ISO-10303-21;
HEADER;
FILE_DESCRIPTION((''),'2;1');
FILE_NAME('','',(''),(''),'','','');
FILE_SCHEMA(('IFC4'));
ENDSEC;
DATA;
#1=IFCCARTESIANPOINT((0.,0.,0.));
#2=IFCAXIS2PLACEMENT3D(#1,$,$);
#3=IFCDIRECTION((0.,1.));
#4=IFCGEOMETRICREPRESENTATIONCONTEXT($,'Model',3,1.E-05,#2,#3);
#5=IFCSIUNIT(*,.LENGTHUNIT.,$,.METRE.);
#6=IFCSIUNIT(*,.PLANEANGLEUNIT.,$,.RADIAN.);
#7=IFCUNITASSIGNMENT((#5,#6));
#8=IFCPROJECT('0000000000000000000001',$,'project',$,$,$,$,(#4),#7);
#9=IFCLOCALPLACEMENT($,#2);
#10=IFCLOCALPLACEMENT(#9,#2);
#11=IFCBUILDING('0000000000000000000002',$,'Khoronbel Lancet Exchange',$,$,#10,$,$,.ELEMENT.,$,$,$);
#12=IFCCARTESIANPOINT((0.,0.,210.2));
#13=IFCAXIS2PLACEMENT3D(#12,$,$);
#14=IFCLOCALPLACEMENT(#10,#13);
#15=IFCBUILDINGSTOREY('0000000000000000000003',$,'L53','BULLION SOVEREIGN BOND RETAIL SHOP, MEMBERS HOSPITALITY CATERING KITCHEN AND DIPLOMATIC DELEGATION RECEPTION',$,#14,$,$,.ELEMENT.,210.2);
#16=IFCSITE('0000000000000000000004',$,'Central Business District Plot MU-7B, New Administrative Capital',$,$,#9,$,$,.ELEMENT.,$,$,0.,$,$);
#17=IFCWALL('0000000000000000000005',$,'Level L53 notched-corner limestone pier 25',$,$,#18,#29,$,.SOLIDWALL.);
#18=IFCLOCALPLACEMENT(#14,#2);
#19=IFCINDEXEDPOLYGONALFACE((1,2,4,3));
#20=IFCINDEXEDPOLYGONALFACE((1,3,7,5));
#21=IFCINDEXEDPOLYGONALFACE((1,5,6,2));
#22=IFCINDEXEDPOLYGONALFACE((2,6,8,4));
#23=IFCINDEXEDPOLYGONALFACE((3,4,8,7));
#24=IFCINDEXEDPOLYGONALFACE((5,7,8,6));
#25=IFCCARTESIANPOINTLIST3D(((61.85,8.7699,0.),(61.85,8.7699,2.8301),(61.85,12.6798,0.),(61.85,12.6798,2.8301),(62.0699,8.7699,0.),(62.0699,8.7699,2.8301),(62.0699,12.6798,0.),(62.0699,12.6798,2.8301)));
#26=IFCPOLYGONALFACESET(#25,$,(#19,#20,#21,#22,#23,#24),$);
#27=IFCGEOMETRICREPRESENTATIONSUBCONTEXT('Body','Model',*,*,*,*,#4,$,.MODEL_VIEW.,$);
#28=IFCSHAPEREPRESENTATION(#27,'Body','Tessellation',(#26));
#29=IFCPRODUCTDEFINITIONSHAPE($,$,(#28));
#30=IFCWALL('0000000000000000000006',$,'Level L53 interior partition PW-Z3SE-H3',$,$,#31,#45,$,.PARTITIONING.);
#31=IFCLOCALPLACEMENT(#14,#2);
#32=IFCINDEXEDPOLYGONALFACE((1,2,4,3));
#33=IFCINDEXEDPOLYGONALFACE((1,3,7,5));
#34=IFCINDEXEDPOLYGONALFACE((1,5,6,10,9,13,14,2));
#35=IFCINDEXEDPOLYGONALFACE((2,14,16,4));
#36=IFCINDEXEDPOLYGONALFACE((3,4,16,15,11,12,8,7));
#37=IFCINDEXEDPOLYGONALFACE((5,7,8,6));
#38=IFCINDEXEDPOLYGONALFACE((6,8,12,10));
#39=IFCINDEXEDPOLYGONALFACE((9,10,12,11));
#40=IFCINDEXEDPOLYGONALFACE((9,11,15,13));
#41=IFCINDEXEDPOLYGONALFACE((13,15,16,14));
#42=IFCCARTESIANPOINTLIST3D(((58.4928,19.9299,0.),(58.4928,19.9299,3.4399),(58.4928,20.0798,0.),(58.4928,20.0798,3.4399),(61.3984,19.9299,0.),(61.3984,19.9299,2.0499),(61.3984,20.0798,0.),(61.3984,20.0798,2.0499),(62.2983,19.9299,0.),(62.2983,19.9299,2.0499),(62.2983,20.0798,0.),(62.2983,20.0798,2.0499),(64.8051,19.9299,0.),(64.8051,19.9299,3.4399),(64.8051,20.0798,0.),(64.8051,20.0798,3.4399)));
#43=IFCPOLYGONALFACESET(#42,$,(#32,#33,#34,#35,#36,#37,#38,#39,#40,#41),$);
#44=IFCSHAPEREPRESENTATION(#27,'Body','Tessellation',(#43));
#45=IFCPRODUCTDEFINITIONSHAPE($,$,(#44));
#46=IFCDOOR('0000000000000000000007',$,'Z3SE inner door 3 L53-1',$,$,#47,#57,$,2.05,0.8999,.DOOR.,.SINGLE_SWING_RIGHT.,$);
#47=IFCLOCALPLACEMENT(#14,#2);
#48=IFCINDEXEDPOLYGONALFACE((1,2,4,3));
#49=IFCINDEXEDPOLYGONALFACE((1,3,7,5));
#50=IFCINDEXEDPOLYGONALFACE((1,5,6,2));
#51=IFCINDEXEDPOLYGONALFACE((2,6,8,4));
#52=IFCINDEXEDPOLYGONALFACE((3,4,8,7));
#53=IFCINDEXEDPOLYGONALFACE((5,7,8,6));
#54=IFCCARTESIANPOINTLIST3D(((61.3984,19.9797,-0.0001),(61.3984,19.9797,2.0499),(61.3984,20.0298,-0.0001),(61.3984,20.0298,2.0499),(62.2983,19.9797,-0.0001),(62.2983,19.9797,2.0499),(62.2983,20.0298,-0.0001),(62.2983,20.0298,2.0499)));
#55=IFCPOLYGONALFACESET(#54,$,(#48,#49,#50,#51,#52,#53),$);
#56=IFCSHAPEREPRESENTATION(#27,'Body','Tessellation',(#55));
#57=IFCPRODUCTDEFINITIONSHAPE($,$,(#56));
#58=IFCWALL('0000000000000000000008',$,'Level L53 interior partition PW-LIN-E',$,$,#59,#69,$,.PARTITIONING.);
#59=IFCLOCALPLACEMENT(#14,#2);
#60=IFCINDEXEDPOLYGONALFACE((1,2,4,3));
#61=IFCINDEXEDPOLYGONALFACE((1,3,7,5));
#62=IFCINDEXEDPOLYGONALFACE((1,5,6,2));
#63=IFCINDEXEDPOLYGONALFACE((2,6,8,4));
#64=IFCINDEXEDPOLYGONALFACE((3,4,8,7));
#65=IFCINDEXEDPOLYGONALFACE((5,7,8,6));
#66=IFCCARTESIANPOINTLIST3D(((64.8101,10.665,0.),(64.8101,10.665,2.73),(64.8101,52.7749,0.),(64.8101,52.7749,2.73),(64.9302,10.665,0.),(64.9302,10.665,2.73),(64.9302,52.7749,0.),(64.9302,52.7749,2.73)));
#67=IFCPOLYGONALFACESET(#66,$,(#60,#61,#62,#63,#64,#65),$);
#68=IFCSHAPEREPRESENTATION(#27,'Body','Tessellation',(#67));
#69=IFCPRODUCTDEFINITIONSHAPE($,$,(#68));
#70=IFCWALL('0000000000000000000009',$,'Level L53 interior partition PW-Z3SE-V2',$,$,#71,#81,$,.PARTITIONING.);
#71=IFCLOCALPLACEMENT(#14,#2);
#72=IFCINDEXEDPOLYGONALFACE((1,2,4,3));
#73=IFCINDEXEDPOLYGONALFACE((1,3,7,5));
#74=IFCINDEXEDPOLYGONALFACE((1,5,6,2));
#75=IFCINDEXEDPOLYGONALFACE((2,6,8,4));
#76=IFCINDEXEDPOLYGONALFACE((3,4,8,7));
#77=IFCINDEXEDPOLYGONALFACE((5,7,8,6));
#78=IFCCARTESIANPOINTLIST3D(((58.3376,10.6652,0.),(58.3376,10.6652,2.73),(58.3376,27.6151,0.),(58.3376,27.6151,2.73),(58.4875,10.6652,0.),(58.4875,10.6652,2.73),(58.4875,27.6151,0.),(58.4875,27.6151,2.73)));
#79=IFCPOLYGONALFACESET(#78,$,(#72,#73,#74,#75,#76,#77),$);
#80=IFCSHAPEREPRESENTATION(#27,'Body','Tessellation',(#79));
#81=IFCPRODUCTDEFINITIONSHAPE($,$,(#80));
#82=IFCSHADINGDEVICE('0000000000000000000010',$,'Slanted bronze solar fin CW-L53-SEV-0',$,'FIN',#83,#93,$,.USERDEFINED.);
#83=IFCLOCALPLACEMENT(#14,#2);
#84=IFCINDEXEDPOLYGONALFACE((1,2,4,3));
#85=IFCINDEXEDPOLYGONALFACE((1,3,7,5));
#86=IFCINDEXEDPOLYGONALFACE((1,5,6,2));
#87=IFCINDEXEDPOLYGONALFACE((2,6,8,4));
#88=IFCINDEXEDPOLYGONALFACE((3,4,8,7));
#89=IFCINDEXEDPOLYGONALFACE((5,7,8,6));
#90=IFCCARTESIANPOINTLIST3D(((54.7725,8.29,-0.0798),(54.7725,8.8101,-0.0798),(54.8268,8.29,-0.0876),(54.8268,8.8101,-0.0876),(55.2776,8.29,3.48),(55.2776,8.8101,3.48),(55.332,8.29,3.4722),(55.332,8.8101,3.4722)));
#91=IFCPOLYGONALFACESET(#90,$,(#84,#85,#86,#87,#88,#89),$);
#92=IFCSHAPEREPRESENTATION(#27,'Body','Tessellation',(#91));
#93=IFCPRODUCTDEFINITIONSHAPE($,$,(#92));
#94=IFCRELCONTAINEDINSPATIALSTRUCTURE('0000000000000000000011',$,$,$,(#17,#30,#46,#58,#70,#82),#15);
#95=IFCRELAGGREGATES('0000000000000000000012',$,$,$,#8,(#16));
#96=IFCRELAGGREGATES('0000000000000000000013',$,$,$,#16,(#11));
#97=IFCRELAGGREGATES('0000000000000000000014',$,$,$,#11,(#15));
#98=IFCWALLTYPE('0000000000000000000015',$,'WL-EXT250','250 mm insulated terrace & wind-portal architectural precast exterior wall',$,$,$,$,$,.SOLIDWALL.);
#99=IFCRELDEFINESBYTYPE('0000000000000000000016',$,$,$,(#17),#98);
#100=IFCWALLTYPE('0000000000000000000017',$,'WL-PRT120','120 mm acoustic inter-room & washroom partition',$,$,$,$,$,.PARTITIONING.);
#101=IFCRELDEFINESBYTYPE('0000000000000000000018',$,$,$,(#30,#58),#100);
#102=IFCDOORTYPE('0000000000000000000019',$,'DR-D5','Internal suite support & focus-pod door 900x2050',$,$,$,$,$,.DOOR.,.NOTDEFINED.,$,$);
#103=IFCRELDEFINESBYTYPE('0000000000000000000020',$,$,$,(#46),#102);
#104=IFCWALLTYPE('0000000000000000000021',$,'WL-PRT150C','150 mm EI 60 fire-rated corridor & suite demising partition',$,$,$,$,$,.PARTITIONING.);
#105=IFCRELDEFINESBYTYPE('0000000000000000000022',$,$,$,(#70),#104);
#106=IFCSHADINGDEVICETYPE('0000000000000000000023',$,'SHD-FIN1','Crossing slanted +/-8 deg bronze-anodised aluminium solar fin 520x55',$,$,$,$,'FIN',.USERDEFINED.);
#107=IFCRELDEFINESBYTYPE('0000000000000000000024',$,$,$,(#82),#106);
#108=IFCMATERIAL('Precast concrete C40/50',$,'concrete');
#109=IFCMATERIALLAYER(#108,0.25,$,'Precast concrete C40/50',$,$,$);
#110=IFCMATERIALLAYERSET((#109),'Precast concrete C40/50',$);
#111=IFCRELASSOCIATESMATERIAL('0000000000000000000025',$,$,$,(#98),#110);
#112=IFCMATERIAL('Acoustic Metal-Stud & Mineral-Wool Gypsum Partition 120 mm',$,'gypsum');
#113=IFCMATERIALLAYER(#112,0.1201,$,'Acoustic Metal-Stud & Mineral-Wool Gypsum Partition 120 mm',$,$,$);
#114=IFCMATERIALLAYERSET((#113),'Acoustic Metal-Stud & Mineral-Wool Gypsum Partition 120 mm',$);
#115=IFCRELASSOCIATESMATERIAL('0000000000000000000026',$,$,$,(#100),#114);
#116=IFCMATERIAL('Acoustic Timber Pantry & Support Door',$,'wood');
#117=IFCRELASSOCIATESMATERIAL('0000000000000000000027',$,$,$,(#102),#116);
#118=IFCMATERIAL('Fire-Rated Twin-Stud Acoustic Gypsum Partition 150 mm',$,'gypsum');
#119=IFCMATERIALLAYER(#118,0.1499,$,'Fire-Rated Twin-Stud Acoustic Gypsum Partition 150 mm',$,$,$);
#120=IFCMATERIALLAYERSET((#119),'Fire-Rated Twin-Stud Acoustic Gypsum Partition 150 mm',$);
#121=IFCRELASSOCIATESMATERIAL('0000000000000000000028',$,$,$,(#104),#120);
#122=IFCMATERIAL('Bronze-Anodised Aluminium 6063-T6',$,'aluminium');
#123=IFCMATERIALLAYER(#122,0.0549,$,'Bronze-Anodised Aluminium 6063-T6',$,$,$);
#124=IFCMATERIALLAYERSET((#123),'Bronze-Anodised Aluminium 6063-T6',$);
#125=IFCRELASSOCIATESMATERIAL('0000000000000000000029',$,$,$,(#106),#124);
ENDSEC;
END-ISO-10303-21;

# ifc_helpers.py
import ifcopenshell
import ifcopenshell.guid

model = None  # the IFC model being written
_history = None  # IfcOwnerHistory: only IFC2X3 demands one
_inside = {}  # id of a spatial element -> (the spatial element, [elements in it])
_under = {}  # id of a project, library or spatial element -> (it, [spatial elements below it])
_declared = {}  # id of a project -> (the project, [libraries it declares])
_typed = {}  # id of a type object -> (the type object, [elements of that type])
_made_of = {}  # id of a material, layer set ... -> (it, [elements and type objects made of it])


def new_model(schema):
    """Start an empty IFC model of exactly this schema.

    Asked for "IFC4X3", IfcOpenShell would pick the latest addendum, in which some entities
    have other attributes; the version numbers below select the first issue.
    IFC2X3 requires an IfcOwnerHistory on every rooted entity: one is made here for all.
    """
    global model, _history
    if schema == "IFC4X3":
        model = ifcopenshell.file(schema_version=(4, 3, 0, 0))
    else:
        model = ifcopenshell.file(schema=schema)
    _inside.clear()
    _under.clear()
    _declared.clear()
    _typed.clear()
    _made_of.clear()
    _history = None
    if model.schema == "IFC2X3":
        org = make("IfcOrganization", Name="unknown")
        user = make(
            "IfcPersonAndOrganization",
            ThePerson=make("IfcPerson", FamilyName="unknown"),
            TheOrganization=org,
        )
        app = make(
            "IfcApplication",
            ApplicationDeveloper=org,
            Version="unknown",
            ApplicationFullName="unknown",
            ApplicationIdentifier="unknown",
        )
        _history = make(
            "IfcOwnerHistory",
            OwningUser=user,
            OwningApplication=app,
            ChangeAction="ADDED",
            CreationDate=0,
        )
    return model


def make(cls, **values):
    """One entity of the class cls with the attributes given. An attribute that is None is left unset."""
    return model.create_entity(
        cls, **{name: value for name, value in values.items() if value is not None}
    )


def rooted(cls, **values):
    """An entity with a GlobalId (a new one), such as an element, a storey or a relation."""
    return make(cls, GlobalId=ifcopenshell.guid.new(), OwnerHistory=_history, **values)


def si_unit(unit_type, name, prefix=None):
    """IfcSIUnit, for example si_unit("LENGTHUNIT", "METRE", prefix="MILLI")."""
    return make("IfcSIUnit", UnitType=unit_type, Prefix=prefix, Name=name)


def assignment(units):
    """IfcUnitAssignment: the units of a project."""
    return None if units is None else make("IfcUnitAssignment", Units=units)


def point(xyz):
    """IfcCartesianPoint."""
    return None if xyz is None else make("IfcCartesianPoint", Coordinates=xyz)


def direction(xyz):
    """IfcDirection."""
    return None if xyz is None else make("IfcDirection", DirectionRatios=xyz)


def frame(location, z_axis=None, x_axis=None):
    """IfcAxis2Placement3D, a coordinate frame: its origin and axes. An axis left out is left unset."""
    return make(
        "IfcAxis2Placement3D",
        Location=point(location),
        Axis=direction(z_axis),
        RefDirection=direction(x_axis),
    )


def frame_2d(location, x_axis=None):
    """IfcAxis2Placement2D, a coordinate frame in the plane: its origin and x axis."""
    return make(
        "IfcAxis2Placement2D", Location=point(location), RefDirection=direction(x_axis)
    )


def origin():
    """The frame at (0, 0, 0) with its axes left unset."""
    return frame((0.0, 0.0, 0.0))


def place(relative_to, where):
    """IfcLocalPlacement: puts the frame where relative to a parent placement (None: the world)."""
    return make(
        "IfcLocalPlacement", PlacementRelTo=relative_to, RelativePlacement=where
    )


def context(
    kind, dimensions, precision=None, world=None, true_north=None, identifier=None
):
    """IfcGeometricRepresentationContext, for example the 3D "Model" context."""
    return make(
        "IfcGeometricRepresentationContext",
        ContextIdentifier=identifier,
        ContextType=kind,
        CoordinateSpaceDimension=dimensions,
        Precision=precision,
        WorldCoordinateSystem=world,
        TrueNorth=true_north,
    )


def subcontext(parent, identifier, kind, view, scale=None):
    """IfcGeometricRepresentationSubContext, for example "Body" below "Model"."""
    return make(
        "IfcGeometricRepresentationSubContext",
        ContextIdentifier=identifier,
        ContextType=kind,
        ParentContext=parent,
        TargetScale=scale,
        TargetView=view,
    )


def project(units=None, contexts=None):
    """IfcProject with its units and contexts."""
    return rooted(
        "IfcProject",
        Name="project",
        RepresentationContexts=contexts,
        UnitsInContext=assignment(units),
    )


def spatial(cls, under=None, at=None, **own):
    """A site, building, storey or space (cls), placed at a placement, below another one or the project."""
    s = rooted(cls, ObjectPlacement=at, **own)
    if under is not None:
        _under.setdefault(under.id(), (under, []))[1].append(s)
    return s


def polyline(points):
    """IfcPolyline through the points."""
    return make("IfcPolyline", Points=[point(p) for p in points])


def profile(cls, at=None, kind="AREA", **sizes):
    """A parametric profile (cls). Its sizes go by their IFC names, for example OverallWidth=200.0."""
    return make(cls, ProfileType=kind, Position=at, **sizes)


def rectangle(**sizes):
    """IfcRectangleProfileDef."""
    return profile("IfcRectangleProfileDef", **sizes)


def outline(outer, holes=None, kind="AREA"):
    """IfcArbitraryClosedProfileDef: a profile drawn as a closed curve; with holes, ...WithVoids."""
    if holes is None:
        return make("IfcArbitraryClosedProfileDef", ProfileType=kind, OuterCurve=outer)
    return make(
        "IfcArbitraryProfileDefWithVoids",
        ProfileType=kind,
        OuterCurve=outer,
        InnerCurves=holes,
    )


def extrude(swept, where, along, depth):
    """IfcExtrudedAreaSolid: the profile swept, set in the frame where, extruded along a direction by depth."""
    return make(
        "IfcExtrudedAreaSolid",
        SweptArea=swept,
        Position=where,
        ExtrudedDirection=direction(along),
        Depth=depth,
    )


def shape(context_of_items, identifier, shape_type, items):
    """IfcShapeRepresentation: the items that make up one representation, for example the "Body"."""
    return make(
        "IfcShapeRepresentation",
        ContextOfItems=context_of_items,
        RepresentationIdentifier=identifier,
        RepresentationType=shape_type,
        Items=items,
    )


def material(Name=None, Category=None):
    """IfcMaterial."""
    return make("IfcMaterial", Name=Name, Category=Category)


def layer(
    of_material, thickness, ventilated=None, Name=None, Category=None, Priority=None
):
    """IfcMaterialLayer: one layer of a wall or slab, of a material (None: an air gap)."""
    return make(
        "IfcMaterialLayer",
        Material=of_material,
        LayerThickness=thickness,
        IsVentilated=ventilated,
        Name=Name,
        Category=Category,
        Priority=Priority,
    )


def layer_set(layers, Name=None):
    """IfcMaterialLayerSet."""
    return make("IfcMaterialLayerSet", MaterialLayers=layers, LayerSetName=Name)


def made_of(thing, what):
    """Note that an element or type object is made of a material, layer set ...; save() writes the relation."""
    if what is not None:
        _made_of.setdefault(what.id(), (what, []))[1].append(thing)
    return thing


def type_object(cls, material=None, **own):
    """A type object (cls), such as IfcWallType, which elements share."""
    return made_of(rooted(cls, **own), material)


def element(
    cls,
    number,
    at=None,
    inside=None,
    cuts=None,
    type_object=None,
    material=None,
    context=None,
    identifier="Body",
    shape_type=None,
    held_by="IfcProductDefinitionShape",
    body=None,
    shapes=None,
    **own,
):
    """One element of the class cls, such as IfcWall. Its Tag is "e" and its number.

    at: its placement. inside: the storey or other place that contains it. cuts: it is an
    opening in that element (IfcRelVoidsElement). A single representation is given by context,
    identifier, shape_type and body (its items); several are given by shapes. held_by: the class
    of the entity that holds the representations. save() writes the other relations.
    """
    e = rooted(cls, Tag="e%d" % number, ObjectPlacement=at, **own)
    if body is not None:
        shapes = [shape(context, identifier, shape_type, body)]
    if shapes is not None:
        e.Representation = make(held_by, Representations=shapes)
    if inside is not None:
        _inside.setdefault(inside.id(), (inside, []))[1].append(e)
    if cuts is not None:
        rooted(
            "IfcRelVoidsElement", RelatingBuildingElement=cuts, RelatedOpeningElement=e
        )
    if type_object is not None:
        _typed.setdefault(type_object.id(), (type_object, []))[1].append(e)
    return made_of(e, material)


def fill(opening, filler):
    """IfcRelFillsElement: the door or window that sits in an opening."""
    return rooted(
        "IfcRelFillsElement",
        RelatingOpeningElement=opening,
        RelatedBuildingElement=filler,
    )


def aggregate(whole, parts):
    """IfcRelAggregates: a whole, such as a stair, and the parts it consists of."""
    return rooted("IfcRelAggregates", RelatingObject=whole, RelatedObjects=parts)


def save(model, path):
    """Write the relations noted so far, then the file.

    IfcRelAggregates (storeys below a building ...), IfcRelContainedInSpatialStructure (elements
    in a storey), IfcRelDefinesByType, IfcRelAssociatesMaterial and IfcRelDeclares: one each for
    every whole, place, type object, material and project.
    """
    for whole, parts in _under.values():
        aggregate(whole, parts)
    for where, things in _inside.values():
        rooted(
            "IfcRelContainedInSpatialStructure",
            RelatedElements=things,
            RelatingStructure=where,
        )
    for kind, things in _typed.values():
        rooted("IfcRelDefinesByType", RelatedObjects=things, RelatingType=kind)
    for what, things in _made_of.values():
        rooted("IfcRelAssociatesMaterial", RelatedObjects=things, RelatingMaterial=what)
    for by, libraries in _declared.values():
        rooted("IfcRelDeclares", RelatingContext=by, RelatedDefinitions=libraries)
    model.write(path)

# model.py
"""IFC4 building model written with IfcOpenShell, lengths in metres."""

from ifc_helpers import new_model, si_unit, direction, frame, frame_2d, origin, place, context, subcontext, project, spatial, polyline, rectangle, outline, extrude, material, layer, layer_set, type_object, element, fill, save


model = new_model("IFC4")

# Units and contexts
model_context = context("Model", 3, precision=1e-05, world=origin(), true_north=direction((0.0, 1.0)))
body_context = subcontext(model_context, "Body", "Model", "MODEL_VIEW")
ifc_project = project(units=[si_unit("LENGTHUNIT", "METRE"), si_unit("PLANEANGLEUNIT", "RADIAN")], contexts=[model_context])

# Site, building, storey
site_placement = place(None, origin())
site = spatial("IfcSite", under=ifc_project, at=site_placement, Name="Central Business District Plot MU-7B, New Administrative Capital", CompositionType="ELEMENT", RefElevation=0.0)
building_placement = place(site_placement, origin())
building = spatial("IfcBuilding", under=site, at=building_placement, Name="Khoronbel Lancet Exchange", CompositionType="ELEMENT")
storey_placement = place(building_placement, frame((0.0, 0.0, 210.2)))
storey = spatial("IfcBuildingStorey", under=building, at=storey_placement, Name="L53", Description="BULLION SOVEREIGN BOND RETAIL SHOP, MEMBERS HOSPITALITY CATERING KITCHEN AND DIPLOMATIC DELEGATION RECEPTION", CompositionType="ELEMENT", Elevation=210.2)

# Shared definitions
ifc_material_1 = material(Name="Bronze-Anodised Aluminium 6063-T6", Category="aluminium")

# Wall
ifc_material_2 = material(Name="Precast concrete C40/50", Category="concrete")
ifc_layer_1 = layer(ifc_material_2, 0.25, Name="Precast concrete C40/50")
ifc_layer_set_1 = layer_set([ifc_layer_1], Name="Precast concrete C40/50")
wall_type_1 = type_object("IfcWallType", Name="WL-EXT250", Description="250 mm insulated terrace & wind-portal architectural precast exterior wall", PredefinedType="SOLIDWALL", material=ifc_layer_set_1)
wall_1_placement = place(storey_placement, frame((61.96, 12.6799, 0.0), z_axis=(0.0, 0.0, 1.0), x_axis=(0.0, -1.0, 0.0)))
element("IfcWall", 1, at=wall_1_placement, inside=storey, type_object=wall_type_1, Name="Level L53 notched-corner limestone pier 25", PredefinedType="SOLIDWALL", context=body_context, shape_type="SweptSolid", body=[
    extrude(rectangle(XDim=3.9099, YDim=0.22, at=frame_2d((1.9551, 0.0))), origin(), (0.0, 0.0, 1.0), 2.8301),
])

# Wall, opening, door
ifc_material_3 = material(Name="Acoustic Metal-Stud & Mineral-Wool Gypsum Partition 120 mm", Category="gypsum")
ifc_layer_2 = layer(ifc_material_3, 0.1201, Name="Acoustic Metal-Stud & Mineral-Wool Gypsum Partition 120 mm")
ifc_layer_set_2 = layer_set([ifc_layer_2], Name="Acoustic Metal-Stud & Mineral-Wool Gypsum Partition 120 mm")
wall_type_2 = type_object("IfcWallType", Name="WL-PRT120", Description="120 mm acoustic inter-room & washroom partition", PredefinedType="PARTITIONING", material=ifc_layer_set_2)
wall_2_placement = place(storey_placement, frame((58.4927, 20.0049, 0.0), z_axis=(0.0, 0.0, 1.0), x_axis=(1.0, 0.0, 0.0)))
wall_2 = element("IfcWall", 2, at=wall_2_placement, inside=storey, type_object=wall_type_2, Name="Level L53 interior partition PW-Z3SE-H3", PredefinedType="PARTITIONING", context=body_context, shape_type="SweptSolid", body=[
    extrude(rectangle(XDim=6.3123, YDim=0.1499, at=frame_2d((3.1562, 0.0))), origin(), (0.0, 0.0, 1.0), 3.4399),
])
opening_placement = place(wall_2_placement, frame((2.9058, 0.0, 0.0)))
opening = element("IfcOpeningElement", 3, at=opening_placement, cuts=wall_2, PredefinedType="OPENING", context=body_context, shape_type="SweptSolid", body=[
    extrude(rectangle(XDim=0.8999, YDim=2.05, at=frame_2d((0.45, 1.0249))), frame((0.0, 0.085, 0.0), z_axis=(0.0, -1.0, 0.0), x_axis=(1.0, 0.0, 0.0)), (0.0, 0.0, 1.0), 0.1699),
])
ifc_material_4 = material(Name="Acoustic Timber Pantry & Support Door", Category="wood")
door_type = type_object("IfcDoorType", Name="DR-D5", Description="Internal suite support & focus-pod door 900x2050", OperationType="NOTDEFINED", PredefinedType="DOOR", material=ifc_material_4)
door_placement = place(opening_placement, origin())
door = element("IfcDoor", 4, at=door_placement, inside=storey, type_object=door_type, Name="Z3SE inner door 3 L53-1", OperationType="SINGLE_SWING_RIGHT", OverallHeight=2.05, OverallWidth=0.8999, PredefinedType="DOOR", context=body_context, shape_type="SweptSolid", body=[
    extrude(rectangle(XDim=0.8999, YDim=2.05, at=frame_2d((0.45, 1.0249))), frame((0.0, 0.0249, 0.0), z_axis=(0.0, -1.0, 0.0), x_axis=(1.0, 0.0, 0.0)), (0.0, 0.0, 1.0), 0.05),
])
fill(opening, door)

# Walls
wall_3_placement = place(storey_placement, frame((64.8701, 10.665, 0.0), z_axis=(0.0, 0.0, 1.0), x_axis=(0.0, 1.0, 0.0)))
element("IfcWall", 5, at=wall_3_placement, inside=storey, type_object=wall_type_2, Name="Level L53 interior partition PW-LIN-E", PredefinedType="PARTITIONING", context=body_context, shape_type="SweptSolid", body=[
    extrude(rectangle(XDim=42.1099, YDim=0.1201, at=frame_2d((21.0549, 0.0))), origin(), (0.0, 0.0, 1.0), 2.73),
])
ifc_material_5 = material(Name="Fire-Rated Twin-Stud Acoustic Gypsum Partition 150 mm", Category="gypsum")
ifc_layer_3 = layer(ifc_material_5, 0.1499, Name="Fire-Rated Twin-Stud Acoustic Gypsum Partition 150 mm")
ifc_layer_set_3 = layer_set([ifc_layer_3], Name="Fire-Rated Twin-Stud Acoustic Gypsum Partition 150 mm")
wall_type_3 = type_object("IfcWallType", Name="WL-PRT150C", Description="150 mm EI 60 fire-rated corridor & suite demising partition", PredefinedType="PARTITIONING", material=ifc_layer_set_3)
wall_4_placement = place(storey_placement, frame((58.4126, 10.665, 0.0), z_axis=(0.0, 0.0, 1.0), x_axis=(0.0, 1.0, 0.0)))
element("IfcWall", 6, at=wall_4_placement, inside=storey, type_object=wall_type_3, Name="Level L53 interior partition PW-Z3SE-V2", PredefinedType="PARTITIONING", context=body_context, shape_type="SweptSolid", body=[
    extrude(rectangle(XDim=16.95, YDim=0.1499, at=frame_2d((8.4751, 0.0))), origin(), (0.0, 0.0, 1.0), 2.73),
])

# Shading device
ifc_layer_4 = layer(ifc_material_1, 0.0549, Name="Bronze-Anodised Aluminium 6063-T6")
ifc_layer_set_4 = layer_set([ifc_layer_4], Name="Bronze-Anodised Aluminium 6063-T6")
shading_device_type = type_object("IfcShadingDeviceType", Name="SHD-FIN1", Description="Crossing slanted +/-8 deg bronze-anodised aluminium solar fin 520x55", ElementType="FIN", PredefinedType="USERDEFINED", material=ifc_layer_set_4)
shading_device_placement = place(storey_placement, frame((54.7725, 8.8101, -0.0798), z_axis=(-0.990082, 0.0, 0.14049), x_axis=(0.0, -1.0, 0.0)))
element("IfcShadingDevice", 7, at=shading_device_placement, inside=storey, type_object=shading_device_type, Name="Slanted bronze solar fin CW-L53-SEV-0", ObjectType="FIN", PredefinedType="USERDEFINED", context=body_context, shape_type="SweptSolid", body=[
    extrude(outline(polyline([(0.0, 0.0), (0.52, 0.0), (0.52, 3.5955), (0.0, 3.5955), (0.0, 0.0)])), origin(), (0.0, 0.0, -1.0), 0.0549),
])

save(model, "model.ifc")
